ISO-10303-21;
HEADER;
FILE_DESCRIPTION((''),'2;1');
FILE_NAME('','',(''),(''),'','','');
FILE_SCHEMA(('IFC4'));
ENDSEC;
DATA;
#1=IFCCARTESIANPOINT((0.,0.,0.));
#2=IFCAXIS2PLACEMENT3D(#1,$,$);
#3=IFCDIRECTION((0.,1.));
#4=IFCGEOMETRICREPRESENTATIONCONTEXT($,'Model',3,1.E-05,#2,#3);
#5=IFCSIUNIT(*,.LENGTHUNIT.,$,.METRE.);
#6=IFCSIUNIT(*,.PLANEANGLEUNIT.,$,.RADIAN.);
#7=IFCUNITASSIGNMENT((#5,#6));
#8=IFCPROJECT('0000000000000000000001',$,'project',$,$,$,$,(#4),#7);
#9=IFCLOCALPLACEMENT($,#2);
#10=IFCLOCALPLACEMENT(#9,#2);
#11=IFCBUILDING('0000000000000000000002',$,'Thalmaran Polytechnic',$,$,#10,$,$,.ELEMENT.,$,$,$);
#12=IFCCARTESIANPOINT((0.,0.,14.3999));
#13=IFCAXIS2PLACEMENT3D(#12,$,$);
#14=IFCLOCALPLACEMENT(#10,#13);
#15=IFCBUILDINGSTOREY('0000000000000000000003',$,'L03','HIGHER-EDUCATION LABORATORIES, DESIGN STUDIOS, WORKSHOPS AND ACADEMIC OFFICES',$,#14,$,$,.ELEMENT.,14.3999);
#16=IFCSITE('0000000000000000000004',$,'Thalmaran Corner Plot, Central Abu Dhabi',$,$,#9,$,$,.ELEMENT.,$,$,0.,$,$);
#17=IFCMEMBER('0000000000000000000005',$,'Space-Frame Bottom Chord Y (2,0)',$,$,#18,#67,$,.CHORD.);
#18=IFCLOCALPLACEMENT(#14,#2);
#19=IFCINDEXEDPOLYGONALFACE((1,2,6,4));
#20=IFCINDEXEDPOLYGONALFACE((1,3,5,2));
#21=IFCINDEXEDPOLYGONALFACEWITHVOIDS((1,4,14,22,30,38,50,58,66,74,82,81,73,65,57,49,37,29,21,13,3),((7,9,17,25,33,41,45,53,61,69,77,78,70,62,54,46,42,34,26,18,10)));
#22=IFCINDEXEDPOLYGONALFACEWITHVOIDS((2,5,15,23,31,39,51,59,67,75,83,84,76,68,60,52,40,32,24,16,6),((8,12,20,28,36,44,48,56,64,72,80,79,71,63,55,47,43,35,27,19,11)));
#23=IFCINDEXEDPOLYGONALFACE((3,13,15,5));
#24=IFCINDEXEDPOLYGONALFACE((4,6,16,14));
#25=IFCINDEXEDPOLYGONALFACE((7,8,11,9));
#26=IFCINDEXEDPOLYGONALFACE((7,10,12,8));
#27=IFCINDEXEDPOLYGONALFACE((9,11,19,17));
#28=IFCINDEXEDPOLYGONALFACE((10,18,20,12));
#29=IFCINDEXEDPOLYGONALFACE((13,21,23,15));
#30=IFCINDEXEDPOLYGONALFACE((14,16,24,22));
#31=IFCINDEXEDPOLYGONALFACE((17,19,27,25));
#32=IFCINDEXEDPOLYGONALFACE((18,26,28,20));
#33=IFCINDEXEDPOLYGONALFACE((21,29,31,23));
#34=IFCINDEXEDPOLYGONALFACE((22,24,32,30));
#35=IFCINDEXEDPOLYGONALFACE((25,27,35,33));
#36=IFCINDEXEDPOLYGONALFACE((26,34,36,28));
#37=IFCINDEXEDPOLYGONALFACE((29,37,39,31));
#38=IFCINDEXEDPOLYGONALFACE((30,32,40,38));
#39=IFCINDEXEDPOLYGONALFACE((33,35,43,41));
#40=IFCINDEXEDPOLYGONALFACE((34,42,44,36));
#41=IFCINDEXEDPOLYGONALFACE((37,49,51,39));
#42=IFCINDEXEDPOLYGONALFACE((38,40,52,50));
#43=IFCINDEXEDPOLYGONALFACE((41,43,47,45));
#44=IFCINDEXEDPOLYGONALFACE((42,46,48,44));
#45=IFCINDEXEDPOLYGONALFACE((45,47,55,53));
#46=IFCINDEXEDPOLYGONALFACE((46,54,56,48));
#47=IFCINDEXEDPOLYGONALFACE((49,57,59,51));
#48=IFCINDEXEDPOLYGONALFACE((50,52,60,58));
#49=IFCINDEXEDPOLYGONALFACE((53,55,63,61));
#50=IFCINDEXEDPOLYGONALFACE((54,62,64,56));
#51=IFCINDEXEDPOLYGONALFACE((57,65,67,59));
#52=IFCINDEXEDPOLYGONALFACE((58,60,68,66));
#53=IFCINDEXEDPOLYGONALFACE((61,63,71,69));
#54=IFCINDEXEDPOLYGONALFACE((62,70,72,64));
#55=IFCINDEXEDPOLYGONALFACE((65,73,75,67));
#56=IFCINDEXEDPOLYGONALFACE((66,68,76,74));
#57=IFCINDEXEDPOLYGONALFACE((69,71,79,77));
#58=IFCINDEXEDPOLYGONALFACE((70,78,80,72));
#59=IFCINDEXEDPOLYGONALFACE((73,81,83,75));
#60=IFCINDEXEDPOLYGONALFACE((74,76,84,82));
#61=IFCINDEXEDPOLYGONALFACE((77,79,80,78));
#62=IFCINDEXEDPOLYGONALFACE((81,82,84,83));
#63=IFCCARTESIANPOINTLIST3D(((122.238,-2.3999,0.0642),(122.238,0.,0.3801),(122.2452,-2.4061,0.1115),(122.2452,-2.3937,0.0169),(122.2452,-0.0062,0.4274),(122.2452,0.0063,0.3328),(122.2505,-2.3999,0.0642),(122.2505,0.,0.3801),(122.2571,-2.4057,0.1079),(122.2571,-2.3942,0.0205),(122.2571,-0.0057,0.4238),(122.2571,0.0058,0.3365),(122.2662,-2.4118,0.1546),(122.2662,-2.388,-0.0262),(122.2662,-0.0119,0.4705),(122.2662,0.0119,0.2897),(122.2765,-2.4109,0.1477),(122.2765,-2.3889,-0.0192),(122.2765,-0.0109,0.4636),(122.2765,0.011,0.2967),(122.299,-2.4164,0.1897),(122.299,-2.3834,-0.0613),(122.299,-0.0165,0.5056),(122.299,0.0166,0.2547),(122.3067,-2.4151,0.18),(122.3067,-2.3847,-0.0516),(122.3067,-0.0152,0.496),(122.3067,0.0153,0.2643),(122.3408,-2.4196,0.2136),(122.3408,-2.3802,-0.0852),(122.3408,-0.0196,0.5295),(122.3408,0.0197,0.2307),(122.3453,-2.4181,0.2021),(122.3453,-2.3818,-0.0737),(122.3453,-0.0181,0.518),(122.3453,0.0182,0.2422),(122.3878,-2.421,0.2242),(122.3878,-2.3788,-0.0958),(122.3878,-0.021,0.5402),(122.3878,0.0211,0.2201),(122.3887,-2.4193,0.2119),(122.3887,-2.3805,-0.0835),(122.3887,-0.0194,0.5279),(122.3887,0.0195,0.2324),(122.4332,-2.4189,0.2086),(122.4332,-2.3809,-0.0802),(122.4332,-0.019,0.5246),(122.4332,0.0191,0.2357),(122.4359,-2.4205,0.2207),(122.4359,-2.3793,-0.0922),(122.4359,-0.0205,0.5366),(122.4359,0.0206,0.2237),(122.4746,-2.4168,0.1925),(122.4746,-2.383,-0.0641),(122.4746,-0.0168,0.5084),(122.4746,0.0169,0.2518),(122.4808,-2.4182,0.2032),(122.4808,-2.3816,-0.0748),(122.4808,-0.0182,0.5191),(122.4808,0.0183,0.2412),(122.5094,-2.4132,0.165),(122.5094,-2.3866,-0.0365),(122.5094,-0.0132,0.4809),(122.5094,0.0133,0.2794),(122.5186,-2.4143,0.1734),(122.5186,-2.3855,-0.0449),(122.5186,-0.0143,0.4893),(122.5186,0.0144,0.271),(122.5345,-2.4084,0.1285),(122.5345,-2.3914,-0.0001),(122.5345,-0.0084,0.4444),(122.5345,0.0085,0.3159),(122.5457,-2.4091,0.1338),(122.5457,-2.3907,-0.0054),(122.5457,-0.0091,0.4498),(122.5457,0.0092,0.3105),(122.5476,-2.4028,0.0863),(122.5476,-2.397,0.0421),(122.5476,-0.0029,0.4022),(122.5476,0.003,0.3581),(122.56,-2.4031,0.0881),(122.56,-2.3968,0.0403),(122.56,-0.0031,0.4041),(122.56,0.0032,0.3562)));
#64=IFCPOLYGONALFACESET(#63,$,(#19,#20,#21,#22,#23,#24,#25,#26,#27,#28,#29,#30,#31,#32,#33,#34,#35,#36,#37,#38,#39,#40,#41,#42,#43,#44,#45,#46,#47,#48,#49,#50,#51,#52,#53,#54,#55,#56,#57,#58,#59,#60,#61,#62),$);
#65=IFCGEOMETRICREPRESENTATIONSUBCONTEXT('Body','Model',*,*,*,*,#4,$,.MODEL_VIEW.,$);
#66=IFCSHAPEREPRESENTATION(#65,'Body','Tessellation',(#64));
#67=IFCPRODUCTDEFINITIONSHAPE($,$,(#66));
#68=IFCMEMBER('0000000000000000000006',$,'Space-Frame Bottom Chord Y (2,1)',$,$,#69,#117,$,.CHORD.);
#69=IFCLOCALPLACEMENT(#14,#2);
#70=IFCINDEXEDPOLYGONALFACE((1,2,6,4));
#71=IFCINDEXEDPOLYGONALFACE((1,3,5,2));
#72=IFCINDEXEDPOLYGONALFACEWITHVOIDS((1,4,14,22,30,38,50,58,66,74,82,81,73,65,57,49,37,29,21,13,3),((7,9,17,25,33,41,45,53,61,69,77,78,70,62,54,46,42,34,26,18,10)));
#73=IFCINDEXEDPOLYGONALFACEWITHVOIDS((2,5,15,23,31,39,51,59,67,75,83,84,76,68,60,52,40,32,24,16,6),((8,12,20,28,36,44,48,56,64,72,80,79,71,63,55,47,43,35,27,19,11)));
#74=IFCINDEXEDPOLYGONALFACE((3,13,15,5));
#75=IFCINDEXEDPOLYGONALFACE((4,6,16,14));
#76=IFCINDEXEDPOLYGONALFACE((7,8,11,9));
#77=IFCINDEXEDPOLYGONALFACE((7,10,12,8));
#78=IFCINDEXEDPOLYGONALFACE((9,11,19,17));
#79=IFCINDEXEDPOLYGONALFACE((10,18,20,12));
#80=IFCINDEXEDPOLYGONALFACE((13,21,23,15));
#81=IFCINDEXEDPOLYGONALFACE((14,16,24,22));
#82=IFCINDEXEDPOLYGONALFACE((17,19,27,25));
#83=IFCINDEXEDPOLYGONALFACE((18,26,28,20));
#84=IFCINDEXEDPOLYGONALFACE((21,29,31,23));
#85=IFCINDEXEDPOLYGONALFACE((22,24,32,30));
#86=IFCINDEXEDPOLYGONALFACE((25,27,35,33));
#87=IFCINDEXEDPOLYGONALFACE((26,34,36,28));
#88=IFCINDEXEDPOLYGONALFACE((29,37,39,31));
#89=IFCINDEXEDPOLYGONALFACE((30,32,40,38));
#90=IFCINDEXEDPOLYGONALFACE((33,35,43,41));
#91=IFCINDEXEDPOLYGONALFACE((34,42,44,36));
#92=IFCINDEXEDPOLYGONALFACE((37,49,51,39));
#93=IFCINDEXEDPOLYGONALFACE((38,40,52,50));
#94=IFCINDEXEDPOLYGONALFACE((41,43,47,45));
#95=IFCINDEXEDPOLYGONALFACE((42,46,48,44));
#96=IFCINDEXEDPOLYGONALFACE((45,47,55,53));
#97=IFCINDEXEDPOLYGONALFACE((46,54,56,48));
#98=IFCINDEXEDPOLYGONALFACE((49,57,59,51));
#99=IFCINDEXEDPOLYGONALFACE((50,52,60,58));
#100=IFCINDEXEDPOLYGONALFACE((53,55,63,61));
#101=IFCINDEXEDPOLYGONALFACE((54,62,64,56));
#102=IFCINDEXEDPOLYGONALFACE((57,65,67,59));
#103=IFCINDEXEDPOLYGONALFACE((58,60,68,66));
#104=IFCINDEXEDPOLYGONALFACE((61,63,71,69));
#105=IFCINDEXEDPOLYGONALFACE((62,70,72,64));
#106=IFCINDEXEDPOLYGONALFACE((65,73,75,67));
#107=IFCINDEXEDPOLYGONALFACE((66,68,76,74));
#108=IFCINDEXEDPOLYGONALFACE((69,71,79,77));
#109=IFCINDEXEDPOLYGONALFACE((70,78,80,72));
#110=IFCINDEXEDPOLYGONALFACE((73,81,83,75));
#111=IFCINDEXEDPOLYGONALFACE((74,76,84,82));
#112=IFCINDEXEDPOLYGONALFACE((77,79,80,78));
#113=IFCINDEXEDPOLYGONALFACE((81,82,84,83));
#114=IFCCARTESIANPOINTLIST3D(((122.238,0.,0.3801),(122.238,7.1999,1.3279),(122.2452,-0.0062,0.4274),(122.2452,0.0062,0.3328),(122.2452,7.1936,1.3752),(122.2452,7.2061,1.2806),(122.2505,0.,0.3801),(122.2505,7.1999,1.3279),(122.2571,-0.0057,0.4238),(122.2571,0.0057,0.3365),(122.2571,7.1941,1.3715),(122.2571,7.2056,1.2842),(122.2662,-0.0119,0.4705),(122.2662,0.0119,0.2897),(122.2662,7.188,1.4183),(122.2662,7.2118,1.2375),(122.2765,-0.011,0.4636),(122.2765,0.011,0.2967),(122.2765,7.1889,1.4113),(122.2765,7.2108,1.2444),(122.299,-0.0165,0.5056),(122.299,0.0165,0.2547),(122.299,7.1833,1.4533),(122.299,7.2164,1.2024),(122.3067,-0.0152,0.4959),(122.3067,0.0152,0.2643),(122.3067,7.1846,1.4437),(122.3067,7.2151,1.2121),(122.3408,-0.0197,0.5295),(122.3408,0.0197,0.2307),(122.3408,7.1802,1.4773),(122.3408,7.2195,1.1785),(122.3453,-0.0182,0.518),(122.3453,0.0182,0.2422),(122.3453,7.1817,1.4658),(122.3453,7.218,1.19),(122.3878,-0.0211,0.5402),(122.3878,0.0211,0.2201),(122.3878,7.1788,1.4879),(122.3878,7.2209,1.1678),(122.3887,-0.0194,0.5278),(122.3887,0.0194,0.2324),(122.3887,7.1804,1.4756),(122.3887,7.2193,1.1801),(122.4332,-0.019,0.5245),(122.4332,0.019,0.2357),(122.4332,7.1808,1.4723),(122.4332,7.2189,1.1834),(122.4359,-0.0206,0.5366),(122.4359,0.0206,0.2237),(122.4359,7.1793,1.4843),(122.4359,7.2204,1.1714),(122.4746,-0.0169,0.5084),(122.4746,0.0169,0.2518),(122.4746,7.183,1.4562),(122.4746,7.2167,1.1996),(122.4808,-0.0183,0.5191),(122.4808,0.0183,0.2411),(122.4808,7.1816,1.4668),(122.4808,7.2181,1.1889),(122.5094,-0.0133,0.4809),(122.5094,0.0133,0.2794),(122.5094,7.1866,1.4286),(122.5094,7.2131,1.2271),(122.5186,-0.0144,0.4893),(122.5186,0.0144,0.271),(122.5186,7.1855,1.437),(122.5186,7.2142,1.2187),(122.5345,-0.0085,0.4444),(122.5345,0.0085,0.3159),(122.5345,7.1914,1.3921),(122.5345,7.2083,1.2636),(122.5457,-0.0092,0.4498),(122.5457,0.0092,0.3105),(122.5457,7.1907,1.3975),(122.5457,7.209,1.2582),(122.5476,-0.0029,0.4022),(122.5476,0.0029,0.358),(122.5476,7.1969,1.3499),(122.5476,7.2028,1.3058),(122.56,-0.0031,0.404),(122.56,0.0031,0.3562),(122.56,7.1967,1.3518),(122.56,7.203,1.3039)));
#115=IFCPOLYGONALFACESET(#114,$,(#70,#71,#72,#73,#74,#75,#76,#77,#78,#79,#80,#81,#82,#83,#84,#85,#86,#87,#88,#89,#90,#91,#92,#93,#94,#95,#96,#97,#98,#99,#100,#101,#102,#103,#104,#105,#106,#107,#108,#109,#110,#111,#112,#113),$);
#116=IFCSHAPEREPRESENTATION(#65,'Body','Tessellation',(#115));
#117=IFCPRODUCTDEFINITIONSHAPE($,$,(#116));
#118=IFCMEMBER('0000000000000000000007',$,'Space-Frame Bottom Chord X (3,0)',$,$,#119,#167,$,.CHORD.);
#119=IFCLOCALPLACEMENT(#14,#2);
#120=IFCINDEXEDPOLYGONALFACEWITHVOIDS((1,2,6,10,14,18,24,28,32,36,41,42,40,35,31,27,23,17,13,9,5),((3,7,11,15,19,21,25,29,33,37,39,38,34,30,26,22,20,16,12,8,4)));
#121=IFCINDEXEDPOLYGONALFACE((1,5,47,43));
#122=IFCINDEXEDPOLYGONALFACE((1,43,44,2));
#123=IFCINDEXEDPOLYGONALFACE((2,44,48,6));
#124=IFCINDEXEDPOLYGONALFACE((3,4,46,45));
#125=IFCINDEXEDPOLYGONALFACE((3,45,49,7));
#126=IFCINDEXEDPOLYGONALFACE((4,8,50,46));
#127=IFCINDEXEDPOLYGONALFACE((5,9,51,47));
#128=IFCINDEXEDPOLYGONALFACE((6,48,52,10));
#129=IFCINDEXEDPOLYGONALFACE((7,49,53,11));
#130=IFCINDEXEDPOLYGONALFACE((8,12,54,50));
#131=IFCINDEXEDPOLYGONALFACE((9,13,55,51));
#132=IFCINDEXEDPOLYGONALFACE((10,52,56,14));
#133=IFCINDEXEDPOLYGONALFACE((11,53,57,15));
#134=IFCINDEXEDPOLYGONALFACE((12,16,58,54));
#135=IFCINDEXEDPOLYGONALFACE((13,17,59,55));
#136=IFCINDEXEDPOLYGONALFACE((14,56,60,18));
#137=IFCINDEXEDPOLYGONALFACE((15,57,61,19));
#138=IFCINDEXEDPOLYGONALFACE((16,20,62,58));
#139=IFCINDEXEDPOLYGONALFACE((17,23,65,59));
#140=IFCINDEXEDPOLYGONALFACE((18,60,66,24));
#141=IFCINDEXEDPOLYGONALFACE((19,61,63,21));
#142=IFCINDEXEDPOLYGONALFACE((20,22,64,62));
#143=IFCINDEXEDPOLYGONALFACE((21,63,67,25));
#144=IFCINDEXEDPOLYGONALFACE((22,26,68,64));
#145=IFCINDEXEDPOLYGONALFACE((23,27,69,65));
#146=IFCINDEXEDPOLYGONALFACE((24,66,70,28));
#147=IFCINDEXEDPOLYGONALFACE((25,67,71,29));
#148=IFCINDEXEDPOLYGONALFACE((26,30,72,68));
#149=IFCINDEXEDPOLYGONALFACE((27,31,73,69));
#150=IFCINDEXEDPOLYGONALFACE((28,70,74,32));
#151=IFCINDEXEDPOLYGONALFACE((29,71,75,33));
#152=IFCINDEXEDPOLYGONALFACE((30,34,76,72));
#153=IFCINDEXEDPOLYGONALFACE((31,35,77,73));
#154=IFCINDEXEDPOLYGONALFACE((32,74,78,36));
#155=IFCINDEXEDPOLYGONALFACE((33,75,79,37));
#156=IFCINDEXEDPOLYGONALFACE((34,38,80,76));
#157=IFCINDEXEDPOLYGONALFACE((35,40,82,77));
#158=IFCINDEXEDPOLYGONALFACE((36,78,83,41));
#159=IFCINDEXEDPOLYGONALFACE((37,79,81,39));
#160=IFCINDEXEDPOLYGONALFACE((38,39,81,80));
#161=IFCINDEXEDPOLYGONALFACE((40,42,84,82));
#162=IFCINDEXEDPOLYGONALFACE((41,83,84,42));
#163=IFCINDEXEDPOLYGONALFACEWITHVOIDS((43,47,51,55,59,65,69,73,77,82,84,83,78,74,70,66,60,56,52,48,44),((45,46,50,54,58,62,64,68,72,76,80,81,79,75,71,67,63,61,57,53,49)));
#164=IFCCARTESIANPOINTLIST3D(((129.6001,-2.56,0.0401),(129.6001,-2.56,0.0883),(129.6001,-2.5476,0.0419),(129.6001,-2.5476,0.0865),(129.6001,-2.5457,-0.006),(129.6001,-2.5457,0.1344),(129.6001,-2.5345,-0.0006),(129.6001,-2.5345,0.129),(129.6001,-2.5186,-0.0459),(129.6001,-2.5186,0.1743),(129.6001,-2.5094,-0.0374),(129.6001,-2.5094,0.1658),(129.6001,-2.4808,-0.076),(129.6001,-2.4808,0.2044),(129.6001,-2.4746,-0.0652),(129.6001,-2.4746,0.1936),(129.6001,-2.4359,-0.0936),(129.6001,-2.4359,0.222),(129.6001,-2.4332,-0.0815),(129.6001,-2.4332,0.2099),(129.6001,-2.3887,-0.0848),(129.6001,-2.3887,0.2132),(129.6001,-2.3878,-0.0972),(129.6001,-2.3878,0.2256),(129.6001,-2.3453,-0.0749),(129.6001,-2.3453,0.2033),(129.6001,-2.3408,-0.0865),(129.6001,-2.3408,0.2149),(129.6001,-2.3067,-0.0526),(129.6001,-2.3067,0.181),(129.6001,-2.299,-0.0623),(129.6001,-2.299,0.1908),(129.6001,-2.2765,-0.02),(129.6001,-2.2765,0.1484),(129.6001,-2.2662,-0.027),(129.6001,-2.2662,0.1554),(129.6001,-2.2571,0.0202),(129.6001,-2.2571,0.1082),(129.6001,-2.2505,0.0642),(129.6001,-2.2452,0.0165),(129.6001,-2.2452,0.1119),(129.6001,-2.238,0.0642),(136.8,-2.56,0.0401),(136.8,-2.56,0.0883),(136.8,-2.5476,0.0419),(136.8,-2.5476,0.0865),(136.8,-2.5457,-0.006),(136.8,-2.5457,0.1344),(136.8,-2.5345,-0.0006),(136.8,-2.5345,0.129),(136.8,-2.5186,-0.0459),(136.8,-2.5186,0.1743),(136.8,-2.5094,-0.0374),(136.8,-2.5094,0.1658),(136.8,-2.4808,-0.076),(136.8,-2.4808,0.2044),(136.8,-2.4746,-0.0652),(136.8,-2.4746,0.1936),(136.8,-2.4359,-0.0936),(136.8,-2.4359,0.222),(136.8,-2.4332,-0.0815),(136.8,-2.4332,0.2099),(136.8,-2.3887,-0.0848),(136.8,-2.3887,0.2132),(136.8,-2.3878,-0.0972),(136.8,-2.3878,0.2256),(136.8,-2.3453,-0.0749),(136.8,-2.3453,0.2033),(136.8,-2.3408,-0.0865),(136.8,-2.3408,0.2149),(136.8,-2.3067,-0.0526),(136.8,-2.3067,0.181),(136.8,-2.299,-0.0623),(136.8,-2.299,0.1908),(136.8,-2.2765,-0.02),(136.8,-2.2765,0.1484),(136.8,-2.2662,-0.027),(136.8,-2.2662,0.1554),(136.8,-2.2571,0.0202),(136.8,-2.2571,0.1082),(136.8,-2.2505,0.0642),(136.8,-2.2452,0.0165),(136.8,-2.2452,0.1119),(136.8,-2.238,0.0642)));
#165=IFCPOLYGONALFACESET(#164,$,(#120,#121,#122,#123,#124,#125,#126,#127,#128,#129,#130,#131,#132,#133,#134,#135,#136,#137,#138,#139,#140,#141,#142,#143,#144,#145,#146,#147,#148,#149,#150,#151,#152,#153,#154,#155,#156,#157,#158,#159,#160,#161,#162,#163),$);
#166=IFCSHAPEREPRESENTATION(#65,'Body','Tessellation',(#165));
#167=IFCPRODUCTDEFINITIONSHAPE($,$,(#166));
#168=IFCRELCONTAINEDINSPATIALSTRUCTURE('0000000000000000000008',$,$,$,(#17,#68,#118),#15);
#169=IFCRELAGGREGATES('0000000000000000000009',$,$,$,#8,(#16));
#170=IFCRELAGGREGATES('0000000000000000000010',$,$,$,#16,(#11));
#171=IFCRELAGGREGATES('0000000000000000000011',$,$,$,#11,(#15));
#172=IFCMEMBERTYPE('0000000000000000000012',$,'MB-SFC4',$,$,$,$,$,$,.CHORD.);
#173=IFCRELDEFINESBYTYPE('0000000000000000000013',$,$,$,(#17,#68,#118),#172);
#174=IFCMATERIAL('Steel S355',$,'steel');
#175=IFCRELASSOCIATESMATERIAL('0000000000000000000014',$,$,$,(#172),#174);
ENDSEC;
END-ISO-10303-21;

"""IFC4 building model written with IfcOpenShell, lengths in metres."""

from ifc_helpers import new_model, si_unit, direction, frame, origin, origin_2d, place, context, subcontext, project, spatial, hollow_circle, extrude, material, material_profile, profile_set, type_object, element, save


model = new_model("IFC4")

# Units and contexts
model_context = context("Model", 3, precision=1e-05, world=origin(), true_north=direction((0.0, 1.0)))
body_context = subcontext(model_context, "Body", "Model", "MODEL_VIEW")
ifc_project = project(units=[si_unit("LENGTHUNIT", "METRE"), si_unit("PLANEANGLEUNIT", "RADIAN")], contexts=[model_context])

# Site, building, storey
site_placement = place(None, origin())
site = spatial("IfcSite", under=ifc_project, at=site_placement, Name="Thalmaran Corner Plot, Central Abu Dhabi", CompositionType="ELEMENT", RefElevation=0.0)
building_placement = place(site_placement, origin())
building = spatial("IfcBuilding", under=site, at=building_placement, Name="Thalmaran Polytechnic", CompositionType="ELEMENT")
storey_placement = place(building_placement, frame((0.0, 0.0, 14.3999)))
storey = spatial("IfcBuildingStorey", under=building, at=storey_placement, Name="L03", Description="HIGHER-EDUCATION LABORATORIES, DESIGN STUDIOS, WORKSHOPS AND ACADEMIC OFFICES", CompositionType="ELEMENT", Elevation=14.3999)

# Shared definitions
ifc_material = material(Name="Steel S355", Category="steel")

# Members
ifc_material_profile_1 = material_profile(ifc_material, hollow_circle(Radius=0.1619, WallThickness=0.0125, at=origin_2d()), Name="CHS 323.9x12.5")
ifc_profile_set_1 = profile_set([ifc_material_profile_1], Name="Steel S355")
member_type_1 = type_object("IfcMemberType", Name="MB-SFC4", PredefinedType="CHORD", material=ifc_profile_set_1)
member_1_placement = place(storey_placement, frame((122.3999, -2.3999, 0.0642), z_axis=(0.0, 0.991447, 0.130512), x_axis=(-1.0, 0.0, 0.0)))
element("IfcMember", 1, at=member_1_placement, inside=storey, type_object=member_type_1, Name="Space-Frame Bottom Chord Y (2,0)", PredefinedType="CHORD", context=body_context, shape_type="SweptSolid", body=[
    extrude(hollow_circle(Radius=0.1619, WallThickness=0.0125, at=origin_2d()), origin(), (0.0, 0.0, 1.0), 2.4207),
])
member_2_placement = place(storey_placement, frame((122.3999, 0.0, 0.3801), z_axis=(0.0, 0.991447, 0.130508), x_axis=(-1.0, 0.0, 0.0)))
element("IfcMember", 2, at=member_2_placement, inside=storey, type_object=member_type_1, Name="Space-Frame Bottom Chord Y (2,1)", PredefinedType="CHORD", context=body_context, shape_type="SweptSolid", body=[
    extrude(hollow_circle(Radius=0.1619, WallThickness=0.0125, at=origin_2d()), origin(), (0.0, 0.0, 1.0), 7.262),
])
member_3_placement = place(storey_placement, frame((129.6001, -2.3999, 0.0642), z_axis=(1.0, 0.0, 0.0), x_axis=(0.0, 1.0, 0.0)))
element("IfcMember", 3, at=member_3_placement, inside=storey, type_object=member_type_1, Name="Space-Frame Bottom Chord X (3,0)", PredefinedType="CHORD", context=body_context, shape_type="SweptSolid", body=[
    extrude(hollow_circle(Radius=0.1619, WallThickness=0.0125, at=origin_2d()), origin(), (0.0, 0.0, 1.0), 7.2),
])

save(model, "model.ifc")
